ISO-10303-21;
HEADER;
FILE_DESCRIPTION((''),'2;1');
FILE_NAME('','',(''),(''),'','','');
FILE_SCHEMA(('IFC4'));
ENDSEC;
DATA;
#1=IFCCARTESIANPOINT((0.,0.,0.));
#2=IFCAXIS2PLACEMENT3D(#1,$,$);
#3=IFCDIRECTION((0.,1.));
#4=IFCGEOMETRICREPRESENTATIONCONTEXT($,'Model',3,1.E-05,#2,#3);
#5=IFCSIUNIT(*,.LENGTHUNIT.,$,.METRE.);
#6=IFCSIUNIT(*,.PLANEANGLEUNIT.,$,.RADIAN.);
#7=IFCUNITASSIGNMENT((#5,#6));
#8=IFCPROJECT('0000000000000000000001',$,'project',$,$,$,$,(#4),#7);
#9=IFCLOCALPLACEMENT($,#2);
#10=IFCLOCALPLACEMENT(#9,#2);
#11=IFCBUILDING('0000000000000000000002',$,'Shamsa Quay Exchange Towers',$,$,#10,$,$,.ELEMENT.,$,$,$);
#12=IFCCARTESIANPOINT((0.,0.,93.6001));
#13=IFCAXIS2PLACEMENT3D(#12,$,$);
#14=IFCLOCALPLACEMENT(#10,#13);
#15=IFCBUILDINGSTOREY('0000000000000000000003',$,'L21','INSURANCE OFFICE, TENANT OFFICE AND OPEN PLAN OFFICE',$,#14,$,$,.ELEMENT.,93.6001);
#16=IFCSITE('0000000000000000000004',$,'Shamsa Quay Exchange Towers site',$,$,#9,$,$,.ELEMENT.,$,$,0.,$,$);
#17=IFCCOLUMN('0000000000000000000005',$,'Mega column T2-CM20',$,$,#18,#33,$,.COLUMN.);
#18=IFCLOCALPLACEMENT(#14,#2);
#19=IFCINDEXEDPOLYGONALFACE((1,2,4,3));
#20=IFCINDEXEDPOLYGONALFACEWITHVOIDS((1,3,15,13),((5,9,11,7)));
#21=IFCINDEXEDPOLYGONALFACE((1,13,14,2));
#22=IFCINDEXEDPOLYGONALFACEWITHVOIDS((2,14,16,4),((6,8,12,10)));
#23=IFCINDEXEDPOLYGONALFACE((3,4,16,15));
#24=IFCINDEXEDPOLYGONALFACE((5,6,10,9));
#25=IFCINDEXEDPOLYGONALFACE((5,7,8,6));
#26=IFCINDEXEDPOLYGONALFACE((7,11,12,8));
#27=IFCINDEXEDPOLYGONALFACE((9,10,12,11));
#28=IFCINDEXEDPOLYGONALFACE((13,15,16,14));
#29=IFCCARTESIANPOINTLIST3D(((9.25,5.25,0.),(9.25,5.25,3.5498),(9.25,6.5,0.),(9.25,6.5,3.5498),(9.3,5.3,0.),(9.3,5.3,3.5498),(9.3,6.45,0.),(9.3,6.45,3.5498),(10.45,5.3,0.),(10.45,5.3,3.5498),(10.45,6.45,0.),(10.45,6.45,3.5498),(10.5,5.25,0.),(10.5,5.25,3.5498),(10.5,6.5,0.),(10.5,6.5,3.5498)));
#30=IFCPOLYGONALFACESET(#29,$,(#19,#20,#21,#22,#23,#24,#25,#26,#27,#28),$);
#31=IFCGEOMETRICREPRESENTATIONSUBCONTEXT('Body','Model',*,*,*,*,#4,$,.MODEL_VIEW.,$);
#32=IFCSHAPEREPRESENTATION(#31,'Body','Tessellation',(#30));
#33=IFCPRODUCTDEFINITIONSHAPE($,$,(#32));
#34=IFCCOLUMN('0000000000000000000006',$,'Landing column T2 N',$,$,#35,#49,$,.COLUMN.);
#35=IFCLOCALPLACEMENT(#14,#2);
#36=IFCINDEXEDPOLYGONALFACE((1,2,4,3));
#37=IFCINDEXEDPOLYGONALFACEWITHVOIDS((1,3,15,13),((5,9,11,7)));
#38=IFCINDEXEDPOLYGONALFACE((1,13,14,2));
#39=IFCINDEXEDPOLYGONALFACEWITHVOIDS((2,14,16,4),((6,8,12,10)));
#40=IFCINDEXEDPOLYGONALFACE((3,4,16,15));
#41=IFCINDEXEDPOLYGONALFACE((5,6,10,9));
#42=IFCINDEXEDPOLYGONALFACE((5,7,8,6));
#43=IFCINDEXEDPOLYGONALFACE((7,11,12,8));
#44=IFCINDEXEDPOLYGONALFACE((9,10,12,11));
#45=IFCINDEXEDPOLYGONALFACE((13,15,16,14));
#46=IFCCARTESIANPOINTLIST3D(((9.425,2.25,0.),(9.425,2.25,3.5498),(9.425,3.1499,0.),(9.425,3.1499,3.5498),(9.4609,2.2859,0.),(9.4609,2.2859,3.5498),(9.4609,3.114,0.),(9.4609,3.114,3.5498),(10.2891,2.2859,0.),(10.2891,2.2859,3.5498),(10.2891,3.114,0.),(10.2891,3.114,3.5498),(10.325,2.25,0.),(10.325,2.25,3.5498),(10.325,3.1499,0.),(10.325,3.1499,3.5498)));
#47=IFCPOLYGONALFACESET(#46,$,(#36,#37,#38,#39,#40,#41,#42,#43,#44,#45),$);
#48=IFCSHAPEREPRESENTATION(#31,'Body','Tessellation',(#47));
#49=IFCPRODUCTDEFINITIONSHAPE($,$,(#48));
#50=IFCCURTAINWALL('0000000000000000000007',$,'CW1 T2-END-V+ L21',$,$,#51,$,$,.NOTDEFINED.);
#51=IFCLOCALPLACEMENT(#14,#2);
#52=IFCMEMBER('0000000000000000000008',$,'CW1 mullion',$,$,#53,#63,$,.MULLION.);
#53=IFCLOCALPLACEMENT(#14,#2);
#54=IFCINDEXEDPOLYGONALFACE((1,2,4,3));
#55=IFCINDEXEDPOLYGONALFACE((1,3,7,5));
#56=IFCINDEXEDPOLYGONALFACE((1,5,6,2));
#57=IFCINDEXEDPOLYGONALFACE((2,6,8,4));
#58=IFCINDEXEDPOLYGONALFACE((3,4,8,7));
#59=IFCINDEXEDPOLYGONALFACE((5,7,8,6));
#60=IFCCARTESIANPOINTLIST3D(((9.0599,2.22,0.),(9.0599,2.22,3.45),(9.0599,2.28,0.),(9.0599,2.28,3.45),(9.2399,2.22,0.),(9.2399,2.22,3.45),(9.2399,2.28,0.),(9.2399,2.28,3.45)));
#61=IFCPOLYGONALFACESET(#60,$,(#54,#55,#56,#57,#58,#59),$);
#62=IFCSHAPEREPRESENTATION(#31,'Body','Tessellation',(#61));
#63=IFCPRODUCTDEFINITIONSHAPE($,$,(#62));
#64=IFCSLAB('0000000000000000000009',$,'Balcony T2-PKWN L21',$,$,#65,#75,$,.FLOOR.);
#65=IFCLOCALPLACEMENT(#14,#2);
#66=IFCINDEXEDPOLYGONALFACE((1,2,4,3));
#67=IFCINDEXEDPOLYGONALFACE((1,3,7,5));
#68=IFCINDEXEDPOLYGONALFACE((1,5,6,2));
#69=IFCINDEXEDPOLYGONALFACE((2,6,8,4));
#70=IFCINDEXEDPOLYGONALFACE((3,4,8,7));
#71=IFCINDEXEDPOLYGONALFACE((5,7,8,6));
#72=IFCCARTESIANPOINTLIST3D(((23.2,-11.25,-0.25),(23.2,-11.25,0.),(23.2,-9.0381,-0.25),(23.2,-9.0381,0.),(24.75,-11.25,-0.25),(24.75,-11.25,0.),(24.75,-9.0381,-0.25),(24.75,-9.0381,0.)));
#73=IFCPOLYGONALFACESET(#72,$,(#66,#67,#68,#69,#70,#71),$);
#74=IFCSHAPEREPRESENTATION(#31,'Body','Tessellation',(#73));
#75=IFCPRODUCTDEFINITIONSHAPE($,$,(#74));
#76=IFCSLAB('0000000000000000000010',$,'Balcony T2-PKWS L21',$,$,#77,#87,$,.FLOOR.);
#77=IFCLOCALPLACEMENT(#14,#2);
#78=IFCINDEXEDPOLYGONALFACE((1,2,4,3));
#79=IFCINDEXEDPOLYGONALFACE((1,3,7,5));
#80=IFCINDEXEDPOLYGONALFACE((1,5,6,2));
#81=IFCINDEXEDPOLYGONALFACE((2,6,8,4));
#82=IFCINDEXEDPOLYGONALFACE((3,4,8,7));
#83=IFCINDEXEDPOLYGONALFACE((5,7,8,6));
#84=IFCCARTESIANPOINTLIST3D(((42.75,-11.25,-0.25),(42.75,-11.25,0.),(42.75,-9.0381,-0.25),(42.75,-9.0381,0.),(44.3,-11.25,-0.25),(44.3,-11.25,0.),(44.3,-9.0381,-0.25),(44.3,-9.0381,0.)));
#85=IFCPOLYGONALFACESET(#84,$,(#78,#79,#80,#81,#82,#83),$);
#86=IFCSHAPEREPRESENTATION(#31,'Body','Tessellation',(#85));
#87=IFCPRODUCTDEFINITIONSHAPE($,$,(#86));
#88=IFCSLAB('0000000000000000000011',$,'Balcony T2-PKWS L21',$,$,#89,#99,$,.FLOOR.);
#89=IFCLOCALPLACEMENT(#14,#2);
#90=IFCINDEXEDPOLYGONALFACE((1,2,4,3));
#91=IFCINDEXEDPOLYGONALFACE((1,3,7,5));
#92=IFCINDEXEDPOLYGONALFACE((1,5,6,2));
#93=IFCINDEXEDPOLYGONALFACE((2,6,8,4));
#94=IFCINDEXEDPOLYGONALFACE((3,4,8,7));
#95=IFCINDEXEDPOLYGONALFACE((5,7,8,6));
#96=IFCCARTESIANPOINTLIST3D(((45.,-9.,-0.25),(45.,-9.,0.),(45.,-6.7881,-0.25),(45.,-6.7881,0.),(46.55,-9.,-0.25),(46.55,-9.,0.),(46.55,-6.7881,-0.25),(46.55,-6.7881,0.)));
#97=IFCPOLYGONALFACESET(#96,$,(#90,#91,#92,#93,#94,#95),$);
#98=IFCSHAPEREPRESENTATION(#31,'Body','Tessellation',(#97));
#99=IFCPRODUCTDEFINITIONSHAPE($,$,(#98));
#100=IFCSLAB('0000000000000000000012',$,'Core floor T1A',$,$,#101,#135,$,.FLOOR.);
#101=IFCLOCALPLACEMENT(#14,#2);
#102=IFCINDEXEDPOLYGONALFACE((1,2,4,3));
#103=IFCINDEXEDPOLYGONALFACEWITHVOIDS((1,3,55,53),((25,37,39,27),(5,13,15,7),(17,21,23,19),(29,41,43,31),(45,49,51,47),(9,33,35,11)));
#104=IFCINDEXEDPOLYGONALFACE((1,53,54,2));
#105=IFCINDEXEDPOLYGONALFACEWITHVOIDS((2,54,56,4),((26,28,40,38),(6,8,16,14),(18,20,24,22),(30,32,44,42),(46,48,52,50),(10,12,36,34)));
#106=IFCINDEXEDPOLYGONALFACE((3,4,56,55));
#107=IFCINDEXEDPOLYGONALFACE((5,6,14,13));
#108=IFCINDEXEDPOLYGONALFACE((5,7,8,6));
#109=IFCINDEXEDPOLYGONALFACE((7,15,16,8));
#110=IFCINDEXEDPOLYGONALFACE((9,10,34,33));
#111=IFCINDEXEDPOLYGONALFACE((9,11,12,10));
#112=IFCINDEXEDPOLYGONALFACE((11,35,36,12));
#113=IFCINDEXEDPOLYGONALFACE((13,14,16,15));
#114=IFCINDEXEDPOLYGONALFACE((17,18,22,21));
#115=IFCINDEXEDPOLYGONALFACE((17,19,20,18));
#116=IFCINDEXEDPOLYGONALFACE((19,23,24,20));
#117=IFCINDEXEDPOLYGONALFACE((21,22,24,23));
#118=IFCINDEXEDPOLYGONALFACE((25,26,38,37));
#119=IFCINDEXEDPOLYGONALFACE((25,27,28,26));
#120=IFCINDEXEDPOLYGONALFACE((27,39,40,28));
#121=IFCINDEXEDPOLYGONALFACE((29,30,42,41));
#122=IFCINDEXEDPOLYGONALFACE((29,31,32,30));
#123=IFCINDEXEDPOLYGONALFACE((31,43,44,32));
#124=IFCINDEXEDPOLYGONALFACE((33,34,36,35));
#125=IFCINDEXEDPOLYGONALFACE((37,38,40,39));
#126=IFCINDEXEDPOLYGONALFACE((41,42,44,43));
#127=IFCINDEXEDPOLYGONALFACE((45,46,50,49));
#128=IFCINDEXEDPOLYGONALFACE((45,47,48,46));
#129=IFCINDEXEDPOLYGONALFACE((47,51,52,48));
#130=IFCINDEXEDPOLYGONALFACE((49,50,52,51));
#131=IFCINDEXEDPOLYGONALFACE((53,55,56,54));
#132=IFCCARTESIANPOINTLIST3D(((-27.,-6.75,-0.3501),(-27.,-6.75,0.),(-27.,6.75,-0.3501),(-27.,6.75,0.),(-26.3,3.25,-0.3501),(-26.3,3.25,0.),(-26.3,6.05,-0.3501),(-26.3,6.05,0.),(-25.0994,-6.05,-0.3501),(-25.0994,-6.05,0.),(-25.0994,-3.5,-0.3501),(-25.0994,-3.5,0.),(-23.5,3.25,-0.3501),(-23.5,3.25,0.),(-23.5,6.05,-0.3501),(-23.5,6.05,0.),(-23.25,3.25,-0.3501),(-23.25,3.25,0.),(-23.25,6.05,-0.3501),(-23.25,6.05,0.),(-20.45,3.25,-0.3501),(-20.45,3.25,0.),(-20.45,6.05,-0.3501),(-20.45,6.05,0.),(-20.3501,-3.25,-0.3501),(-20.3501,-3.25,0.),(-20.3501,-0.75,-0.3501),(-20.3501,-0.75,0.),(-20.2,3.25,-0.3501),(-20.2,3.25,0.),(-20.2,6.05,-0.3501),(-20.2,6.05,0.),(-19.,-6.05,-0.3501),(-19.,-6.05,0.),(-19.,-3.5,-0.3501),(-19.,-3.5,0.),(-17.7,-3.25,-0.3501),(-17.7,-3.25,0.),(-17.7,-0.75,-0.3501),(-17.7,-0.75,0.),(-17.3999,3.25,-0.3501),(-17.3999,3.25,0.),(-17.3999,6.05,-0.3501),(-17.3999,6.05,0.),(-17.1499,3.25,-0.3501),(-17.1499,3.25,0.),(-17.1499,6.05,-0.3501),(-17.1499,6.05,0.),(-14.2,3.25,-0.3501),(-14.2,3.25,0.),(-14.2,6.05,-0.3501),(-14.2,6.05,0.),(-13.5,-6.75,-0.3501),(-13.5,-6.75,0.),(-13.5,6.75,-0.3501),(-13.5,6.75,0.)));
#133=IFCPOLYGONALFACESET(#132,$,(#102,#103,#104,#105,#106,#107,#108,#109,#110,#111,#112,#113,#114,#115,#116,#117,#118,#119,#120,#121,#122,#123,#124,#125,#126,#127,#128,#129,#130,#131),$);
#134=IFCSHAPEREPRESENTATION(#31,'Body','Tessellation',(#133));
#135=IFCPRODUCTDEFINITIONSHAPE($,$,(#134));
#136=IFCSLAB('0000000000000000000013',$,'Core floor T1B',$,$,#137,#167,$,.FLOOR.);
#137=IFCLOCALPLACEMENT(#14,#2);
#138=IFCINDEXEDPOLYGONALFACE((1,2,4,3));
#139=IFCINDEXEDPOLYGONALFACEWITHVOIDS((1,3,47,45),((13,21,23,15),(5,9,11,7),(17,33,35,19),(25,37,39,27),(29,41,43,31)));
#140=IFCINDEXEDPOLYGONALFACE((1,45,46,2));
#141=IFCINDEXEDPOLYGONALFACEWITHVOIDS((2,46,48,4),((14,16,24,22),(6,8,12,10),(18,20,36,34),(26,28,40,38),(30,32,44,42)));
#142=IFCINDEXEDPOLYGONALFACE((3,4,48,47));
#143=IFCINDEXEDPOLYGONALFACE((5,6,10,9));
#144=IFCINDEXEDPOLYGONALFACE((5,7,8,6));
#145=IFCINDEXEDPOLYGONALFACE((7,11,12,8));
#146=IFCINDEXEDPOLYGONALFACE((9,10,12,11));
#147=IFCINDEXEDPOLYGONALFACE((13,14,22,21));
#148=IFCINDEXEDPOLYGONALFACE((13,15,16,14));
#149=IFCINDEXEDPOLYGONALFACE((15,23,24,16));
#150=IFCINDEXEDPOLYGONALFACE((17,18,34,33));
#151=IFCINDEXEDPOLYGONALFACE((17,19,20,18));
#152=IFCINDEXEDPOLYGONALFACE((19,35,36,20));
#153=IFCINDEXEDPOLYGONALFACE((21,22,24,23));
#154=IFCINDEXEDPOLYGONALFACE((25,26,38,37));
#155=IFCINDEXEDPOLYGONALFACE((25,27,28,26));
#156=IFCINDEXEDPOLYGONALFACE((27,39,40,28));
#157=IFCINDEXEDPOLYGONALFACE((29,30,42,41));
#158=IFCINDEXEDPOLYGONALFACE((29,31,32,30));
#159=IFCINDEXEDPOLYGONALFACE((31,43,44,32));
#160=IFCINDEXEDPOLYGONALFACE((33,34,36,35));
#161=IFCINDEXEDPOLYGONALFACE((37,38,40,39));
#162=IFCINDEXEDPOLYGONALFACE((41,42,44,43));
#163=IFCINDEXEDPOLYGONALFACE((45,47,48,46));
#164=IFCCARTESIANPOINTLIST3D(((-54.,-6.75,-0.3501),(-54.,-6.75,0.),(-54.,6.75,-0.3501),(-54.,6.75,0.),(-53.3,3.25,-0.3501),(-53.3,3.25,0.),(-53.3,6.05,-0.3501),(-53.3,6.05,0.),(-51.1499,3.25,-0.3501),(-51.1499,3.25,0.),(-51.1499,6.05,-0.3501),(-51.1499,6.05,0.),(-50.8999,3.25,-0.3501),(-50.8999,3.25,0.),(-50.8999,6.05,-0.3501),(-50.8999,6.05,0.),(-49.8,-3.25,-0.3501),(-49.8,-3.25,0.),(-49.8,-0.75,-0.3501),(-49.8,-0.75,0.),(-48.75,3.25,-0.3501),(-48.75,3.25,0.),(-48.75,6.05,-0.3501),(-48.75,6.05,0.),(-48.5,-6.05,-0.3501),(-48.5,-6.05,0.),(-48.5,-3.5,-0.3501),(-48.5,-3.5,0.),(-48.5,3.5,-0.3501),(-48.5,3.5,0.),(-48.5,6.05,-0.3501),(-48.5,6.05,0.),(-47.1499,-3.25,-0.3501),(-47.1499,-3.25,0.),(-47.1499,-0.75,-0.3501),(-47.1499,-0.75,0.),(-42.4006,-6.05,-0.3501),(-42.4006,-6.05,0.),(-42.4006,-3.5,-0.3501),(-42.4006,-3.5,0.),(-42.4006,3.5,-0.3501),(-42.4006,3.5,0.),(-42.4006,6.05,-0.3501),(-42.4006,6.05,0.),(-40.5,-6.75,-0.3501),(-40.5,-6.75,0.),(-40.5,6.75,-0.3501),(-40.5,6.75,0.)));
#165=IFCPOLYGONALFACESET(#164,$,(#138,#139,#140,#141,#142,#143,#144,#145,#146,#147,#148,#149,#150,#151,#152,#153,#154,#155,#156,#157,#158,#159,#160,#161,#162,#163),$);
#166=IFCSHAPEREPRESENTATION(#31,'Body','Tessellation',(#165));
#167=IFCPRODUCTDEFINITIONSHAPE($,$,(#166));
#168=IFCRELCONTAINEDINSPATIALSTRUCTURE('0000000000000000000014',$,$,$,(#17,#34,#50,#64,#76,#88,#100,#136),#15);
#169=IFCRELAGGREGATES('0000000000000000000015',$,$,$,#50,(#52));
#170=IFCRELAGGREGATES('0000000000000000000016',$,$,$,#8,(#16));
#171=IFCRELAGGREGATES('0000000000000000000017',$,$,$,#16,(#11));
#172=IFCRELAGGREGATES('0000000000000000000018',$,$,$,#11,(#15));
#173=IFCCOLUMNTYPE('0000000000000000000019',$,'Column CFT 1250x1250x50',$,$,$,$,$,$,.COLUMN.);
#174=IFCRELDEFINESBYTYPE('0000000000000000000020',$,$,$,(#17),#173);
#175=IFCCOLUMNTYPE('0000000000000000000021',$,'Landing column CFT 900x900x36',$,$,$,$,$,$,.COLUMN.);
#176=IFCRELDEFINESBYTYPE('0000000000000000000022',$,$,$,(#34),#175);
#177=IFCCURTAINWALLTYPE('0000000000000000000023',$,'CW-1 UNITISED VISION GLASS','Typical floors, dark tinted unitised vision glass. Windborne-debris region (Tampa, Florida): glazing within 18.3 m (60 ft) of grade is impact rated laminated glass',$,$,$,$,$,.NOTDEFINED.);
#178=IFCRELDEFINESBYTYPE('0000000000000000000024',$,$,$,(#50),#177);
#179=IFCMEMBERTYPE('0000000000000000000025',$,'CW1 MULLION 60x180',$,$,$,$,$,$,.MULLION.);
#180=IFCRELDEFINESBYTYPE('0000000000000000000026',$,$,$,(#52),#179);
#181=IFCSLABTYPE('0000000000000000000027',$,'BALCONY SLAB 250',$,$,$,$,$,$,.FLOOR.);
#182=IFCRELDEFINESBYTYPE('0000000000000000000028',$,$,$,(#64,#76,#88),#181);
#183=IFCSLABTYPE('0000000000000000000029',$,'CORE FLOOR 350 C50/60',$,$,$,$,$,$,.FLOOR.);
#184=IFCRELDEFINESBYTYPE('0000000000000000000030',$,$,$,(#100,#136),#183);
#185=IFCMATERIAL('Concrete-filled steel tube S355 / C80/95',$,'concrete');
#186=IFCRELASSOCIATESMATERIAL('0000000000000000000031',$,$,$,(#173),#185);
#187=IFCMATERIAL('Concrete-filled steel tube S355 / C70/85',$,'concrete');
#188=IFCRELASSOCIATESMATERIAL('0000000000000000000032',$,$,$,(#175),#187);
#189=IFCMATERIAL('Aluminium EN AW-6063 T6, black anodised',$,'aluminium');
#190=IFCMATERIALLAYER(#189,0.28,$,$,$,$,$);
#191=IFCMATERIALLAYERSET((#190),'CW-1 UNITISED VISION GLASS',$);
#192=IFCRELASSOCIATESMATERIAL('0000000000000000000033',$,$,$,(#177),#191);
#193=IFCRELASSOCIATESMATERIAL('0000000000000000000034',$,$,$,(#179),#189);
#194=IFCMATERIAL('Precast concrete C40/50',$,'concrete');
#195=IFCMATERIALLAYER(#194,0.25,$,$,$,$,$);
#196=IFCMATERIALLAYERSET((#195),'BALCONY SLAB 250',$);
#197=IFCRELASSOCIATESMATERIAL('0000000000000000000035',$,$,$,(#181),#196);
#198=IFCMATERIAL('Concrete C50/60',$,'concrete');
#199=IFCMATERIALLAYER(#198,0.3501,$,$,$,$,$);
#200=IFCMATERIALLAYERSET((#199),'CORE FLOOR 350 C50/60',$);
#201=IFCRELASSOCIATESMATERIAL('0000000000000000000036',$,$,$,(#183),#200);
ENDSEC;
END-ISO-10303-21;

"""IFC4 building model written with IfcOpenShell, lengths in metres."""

from ifc_helpers import new_model, si_unit, direction, frame, origin, origin_2d, place, context, subcontext, project, spatial, polyline, rectangle, hollow_rectangle, outline, extrude, material, layer, layer_set, material_profile, profile_set, type_object, element, aggregate, save


model = new_model("IFC4")

# Units and contexts
model_context = context("Model", 3, precision=1e-05, world=origin(), true_north=direction((0.0, 1.0)))
body_context = subcontext(model_context, "Body", "Model", "MODEL_VIEW")
ifc_project = project(units=[si_unit("LENGTHUNIT", "METRE"), si_unit("PLANEANGLEUNIT", "RADIAN")], contexts=[model_context])

# Site, building, storey
site_placement = place(None, origin())
site = spatial("IfcSite", under=ifc_project, at=site_placement, Name="Shamsa Quay Exchange Towers site", CompositionType="ELEMENT", RefElevation=0.0)
building_placement = place(site_placement, origin())
building = spatial("IfcBuilding", under=site, at=building_placement, Name="Shamsa Quay Exchange Towers", CompositionType="ELEMENT")
storey_placement = place(building_placement, frame((0.0, 0.0, 93.6001)))
storey = spatial("IfcBuildingStorey", under=building, at=storey_placement, Name="L21", Description="INSURANCE OFFICE, TENANT OFFICE AND OPEN PLAN OFFICE", CompositionType="ELEMENT", Elevation=93.6001)

# Columns
ifc_material_1 = material(Name="Concrete-filled steel tube S355 / C80/95", Category="concrete")
ifc_material_profile_1 = material_profile(ifc_material_1, hollow_rectangle(XDim=1.25, YDim=1.25, WallThickness=0.05, at=origin_2d()), Name="CFT 1250x1250x50")
ifc_profile_set_1 = profile_set([ifc_material_profile_1], Name="Concrete-filled steel tube S355 / C80/95")
column_type_1 = type_object("IfcColumnType", Name="Column CFT 1250x1250x50", PredefinedType="COLUMN", material=ifc_profile_set_1)
column_1_placement = place(storey_placement, frame((9.875, 5.875, 0.0)))
element("IfcColumn", 1, at=column_1_placement, inside=storey, type_object=column_type_1, Name="Mega column T2-CM20", PredefinedType="COLUMN", context=body_context, shape_type="SweptSolid", body=[
    extrude(hollow_rectangle(XDim=1.25, YDim=1.25, WallThickness=0.05, at=origin_2d()), origin(), (0.0, 0.0, 1.0), 3.5498),
])
ifc_material_2 = material(Name="Concrete-filled steel tube S355 / C70/85", Category="concrete")
ifc_material_profile_2 = material_profile(ifc_material_2, hollow_rectangle(XDim=0.8999, YDim=0.8999, WallThickness=0.0359, at=origin_2d()), Name="CFT 900x900x36")
ifc_profile_set_2 = profile_set([ifc_material_profile_2], Name="Concrete-filled steel tube S355 / C70/85")
column_type_2 = type_object("IfcColumnType", Name="Landing column CFT 900x900x36", PredefinedType="COLUMN", material=ifc_profile_set_2)
column_2_placement = place(storey_placement, frame((9.875, 2.7, 0.0)))
element("IfcColumn", 2, at=column_2_placement, inside=storey, type_object=column_type_2, Name="Landing column T2 N", PredefinedType="COLUMN", context=body_context, shape_type="SweptSolid", body=[
    extrude(hollow_rectangle(XDim=0.8999, YDim=0.8999, WallThickness=0.0359, at=origin_2d()), origin(), (0.0, 0.0, 1.0), 3.5498),
])

# Curtain wall, member
ifc_material_3 = material(Name="Aluminium EN AW-6063 T6, black anodised", Category="aluminium")
ifc_layer_1 = layer(ifc_material_3, 0.28)
ifc_layer_set_1 = layer_set([ifc_layer_1], Name="CW-1 UNITISED VISION GLASS")
curtain_wall_type = type_object("IfcCurtainWallType", Name="CW-1 UNITISED VISION GLASS", Description="Typical floors, dark tinted unitised vision glass. Windborne-debris region (Tampa, Florida): glazing within 18.3 m (60 ft) of grade is impact rated laminated glass", PredefinedType="NOTDEFINED", material=ifc_layer_set_1)
curtain_wall_1_placement = place(storey_placement, origin())
curtain_wall_1 = element("IfcCurtainWall", 3, at=curtain_wall_1_placement, inside=storey, type_object=curtain_wall_type, Name="CW1 T2-END-V+ L21", PredefinedType="NOTDEFINED")
ifc_material_profile_3 = material_profile(ifc_material_3, rectangle(XDim=0.1799, YDim=0.0601, at=origin_2d()), Name="MU60x180")
ifc_profile_set_3 = profile_set([ifc_material_profile_3], Name="Aluminium EN AW-6063 T6, black anodised")
member_type = type_object("IfcMemberType", Name="CW1 MULLION 60x180", PredefinedType="MULLION", material=ifc_profile_set_3)
member_placement = place(storey_placement, frame((9.1499, 2.25, 0.0)))
member = element("IfcMember", 4, at=member_placement, type_object=member_type, Name="CW1 mullion", PredefinedType="MULLION", context=body_context, shape_type="SweptSolid", body=[
    extrude(rectangle(XDim=0.1799, YDim=0.0601, at=origin_2d()), origin(), (0.0, 0.0, 1.0), 3.45),
])

# Slabs
ifc_material_4 = material(Name="Precast concrete C40/50", Category="concrete")
ifc_layer_2 = layer(ifc_material_4, 0.25)
ifc_layer_set_2 = layer_set([ifc_layer_2], Name="BALCONY SLAB 250")
slab_type_1 = type_object("IfcSlabType", Name="BALCONY SLAB 250", PredefinedType="FLOOR", material=ifc_layer_set_2)
slab_1_placement = place(storey_placement, frame((0.0, 0.0, -0.25)))
element("IfcSlab", 5, at=slab_1_placement, inside=storey, type_object=slab_type_1, Name="Balcony T2-PKWN L21", PredefinedType="FLOOR", context=body_context, shape_type="SweptSolid", body=[
    extrude(outline(polyline([(24.75, -9.0381), (24.75, -11.25), (23.2, -11.25), (23.2, -9.0381), (24.75, -9.0381)])), origin(), (0.0, 0.0, 1.0), 0.25),
])
slab_2_placement = place(storey_placement, frame((0.0, 0.0, -0.25)))
element("IfcSlab", 6, at=slab_2_placement, inside=storey, type_object=slab_type_1, Name="Balcony T2-PKWS L21", PredefinedType="FLOOR", context=body_context, shape_type="SweptSolid", body=[
    extrude(outline(polyline([(42.75, -11.25), (42.75, -9.0381), (44.3, -9.0381), (44.3, -11.25), (42.75, -11.25)])), origin(), (0.0, 0.0, 1.0), 0.25),
])
slab_3_placement = place(storey_placement, frame((0.0, 0.0, -0.25)))
element("IfcSlab", 7, at=slab_3_placement, inside=storey, type_object=slab_type_1, Name="Balcony T2-PKWS L21", PredefinedType="FLOOR", context=body_context, shape_type="SweptSolid", body=[
    extrude(outline(polyline([(45.0, -9.0), (45.0, -6.7881), (46.55, -6.7881), (46.55, -9.0), (45.0, -9.0)])), origin(), (0.0, 0.0, 1.0), 0.25),
])
ifc_material_5 = material(Name="Concrete C50/60", Category="concrete")
ifc_layer_3 = layer(ifc_material_5, 0.3501)
ifc_layer_set_3 = layer_set([ifc_layer_3], Name="CORE FLOOR 350 C50/60")
slab_type_2 = type_object("IfcSlabType", Name="CORE FLOOR 350 C50/60", PredefinedType="FLOOR", material=ifc_layer_set_3)
slab_4_placement = place(storey_placement, frame((0.0, 0.0, -0.3501)))
element("IfcSlab", 8, at=slab_4_placement, inside=storey, type_object=slab_type_2, Name="Core floor T1A", PredefinedType="FLOOR", context=body_context, shape_type="SweptSolid", body=[
    extrude(outline(polyline([(-27.0, -6.75), (-13.5, -6.75), (-13.5, 6.75), (-27.0, 6.75), (-27.0, -6.75)]), holes=[polyline([(-25.0994, -6.05), (-25.0994, -3.5), (-19.0, -3.5), (-19.0, -6.05), (-25.0994, -6.05)]), polyline([(-26.3, 3.25), (-26.3, 6.05), (-23.5, 6.05), (-23.5, 3.25), (-26.3, 3.25)]), polyline([(-23.25, 3.25), (-23.25, 6.05), (-20.45, 6.05), (-20.45, 3.25), (-23.25, 3.25)]), polyline([(-20.2, 3.25), (-20.2, 6.05), (-17.3999, 6.05), (-17.3999, 3.25), (-20.2, 3.25)]), polyline([(-17.1499, 3.25), (-17.1499, 6.05), (-14.2, 6.05), (-14.2, 3.25), (-17.1499, 3.25)]), polyline([(-20.3501, -3.25), (-20.3501, -0.75), (-17.7, -0.75), (-17.7, -3.25), (-20.3501, -3.25)])]), origin(), (0.0, 0.0, 1.0), 0.3501),
])
slab_5_placement = place(storey_placement, frame((0.0, 0.0, -0.3501)))
element("IfcSlab", 9, at=slab_5_placement, inside=storey, type_object=slab_type_2, Name="Core floor T1B", PredefinedType="FLOOR", context=body_context, shape_type="SweptSolid", body=[
    extrude(outline(polyline([(-40.5, -6.75), (-40.5, 6.75), (-54.0, 6.75), (-54.0, -6.75), (-40.5, -6.75)]), holes=[polyline([(-42.4006, -3.5), (-42.4006, -6.05), (-48.5, -6.05), (-48.5, -3.5), (-42.4006, -3.5)]), polyline([(-42.4006, 6.05), (-42.4006, 3.5), (-48.5, 3.5), (-48.5, 6.05), (-42.4006, 6.05)]), polyline([(-48.75, 3.25), (-50.8999, 3.25), (-50.8999, 6.05), (-48.75, 6.05), (-48.75, 3.25)]), polyline([(-51.1499, 3.25), (-53.3, 3.25), (-53.3, 6.05), (-51.1499, 6.05), (-51.1499, 3.25)]), polyline([(-47.1499, -3.25), (-49.8, -3.25), (-49.8, -0.75), (-47.1499, -0.75), (-47.1499, -3.25)])]), origin(), (0.0, 0.0, 1.0), 0.3501),
])

aggregate(curtain_wall_1, [member])

save(model, "model.ifc")
